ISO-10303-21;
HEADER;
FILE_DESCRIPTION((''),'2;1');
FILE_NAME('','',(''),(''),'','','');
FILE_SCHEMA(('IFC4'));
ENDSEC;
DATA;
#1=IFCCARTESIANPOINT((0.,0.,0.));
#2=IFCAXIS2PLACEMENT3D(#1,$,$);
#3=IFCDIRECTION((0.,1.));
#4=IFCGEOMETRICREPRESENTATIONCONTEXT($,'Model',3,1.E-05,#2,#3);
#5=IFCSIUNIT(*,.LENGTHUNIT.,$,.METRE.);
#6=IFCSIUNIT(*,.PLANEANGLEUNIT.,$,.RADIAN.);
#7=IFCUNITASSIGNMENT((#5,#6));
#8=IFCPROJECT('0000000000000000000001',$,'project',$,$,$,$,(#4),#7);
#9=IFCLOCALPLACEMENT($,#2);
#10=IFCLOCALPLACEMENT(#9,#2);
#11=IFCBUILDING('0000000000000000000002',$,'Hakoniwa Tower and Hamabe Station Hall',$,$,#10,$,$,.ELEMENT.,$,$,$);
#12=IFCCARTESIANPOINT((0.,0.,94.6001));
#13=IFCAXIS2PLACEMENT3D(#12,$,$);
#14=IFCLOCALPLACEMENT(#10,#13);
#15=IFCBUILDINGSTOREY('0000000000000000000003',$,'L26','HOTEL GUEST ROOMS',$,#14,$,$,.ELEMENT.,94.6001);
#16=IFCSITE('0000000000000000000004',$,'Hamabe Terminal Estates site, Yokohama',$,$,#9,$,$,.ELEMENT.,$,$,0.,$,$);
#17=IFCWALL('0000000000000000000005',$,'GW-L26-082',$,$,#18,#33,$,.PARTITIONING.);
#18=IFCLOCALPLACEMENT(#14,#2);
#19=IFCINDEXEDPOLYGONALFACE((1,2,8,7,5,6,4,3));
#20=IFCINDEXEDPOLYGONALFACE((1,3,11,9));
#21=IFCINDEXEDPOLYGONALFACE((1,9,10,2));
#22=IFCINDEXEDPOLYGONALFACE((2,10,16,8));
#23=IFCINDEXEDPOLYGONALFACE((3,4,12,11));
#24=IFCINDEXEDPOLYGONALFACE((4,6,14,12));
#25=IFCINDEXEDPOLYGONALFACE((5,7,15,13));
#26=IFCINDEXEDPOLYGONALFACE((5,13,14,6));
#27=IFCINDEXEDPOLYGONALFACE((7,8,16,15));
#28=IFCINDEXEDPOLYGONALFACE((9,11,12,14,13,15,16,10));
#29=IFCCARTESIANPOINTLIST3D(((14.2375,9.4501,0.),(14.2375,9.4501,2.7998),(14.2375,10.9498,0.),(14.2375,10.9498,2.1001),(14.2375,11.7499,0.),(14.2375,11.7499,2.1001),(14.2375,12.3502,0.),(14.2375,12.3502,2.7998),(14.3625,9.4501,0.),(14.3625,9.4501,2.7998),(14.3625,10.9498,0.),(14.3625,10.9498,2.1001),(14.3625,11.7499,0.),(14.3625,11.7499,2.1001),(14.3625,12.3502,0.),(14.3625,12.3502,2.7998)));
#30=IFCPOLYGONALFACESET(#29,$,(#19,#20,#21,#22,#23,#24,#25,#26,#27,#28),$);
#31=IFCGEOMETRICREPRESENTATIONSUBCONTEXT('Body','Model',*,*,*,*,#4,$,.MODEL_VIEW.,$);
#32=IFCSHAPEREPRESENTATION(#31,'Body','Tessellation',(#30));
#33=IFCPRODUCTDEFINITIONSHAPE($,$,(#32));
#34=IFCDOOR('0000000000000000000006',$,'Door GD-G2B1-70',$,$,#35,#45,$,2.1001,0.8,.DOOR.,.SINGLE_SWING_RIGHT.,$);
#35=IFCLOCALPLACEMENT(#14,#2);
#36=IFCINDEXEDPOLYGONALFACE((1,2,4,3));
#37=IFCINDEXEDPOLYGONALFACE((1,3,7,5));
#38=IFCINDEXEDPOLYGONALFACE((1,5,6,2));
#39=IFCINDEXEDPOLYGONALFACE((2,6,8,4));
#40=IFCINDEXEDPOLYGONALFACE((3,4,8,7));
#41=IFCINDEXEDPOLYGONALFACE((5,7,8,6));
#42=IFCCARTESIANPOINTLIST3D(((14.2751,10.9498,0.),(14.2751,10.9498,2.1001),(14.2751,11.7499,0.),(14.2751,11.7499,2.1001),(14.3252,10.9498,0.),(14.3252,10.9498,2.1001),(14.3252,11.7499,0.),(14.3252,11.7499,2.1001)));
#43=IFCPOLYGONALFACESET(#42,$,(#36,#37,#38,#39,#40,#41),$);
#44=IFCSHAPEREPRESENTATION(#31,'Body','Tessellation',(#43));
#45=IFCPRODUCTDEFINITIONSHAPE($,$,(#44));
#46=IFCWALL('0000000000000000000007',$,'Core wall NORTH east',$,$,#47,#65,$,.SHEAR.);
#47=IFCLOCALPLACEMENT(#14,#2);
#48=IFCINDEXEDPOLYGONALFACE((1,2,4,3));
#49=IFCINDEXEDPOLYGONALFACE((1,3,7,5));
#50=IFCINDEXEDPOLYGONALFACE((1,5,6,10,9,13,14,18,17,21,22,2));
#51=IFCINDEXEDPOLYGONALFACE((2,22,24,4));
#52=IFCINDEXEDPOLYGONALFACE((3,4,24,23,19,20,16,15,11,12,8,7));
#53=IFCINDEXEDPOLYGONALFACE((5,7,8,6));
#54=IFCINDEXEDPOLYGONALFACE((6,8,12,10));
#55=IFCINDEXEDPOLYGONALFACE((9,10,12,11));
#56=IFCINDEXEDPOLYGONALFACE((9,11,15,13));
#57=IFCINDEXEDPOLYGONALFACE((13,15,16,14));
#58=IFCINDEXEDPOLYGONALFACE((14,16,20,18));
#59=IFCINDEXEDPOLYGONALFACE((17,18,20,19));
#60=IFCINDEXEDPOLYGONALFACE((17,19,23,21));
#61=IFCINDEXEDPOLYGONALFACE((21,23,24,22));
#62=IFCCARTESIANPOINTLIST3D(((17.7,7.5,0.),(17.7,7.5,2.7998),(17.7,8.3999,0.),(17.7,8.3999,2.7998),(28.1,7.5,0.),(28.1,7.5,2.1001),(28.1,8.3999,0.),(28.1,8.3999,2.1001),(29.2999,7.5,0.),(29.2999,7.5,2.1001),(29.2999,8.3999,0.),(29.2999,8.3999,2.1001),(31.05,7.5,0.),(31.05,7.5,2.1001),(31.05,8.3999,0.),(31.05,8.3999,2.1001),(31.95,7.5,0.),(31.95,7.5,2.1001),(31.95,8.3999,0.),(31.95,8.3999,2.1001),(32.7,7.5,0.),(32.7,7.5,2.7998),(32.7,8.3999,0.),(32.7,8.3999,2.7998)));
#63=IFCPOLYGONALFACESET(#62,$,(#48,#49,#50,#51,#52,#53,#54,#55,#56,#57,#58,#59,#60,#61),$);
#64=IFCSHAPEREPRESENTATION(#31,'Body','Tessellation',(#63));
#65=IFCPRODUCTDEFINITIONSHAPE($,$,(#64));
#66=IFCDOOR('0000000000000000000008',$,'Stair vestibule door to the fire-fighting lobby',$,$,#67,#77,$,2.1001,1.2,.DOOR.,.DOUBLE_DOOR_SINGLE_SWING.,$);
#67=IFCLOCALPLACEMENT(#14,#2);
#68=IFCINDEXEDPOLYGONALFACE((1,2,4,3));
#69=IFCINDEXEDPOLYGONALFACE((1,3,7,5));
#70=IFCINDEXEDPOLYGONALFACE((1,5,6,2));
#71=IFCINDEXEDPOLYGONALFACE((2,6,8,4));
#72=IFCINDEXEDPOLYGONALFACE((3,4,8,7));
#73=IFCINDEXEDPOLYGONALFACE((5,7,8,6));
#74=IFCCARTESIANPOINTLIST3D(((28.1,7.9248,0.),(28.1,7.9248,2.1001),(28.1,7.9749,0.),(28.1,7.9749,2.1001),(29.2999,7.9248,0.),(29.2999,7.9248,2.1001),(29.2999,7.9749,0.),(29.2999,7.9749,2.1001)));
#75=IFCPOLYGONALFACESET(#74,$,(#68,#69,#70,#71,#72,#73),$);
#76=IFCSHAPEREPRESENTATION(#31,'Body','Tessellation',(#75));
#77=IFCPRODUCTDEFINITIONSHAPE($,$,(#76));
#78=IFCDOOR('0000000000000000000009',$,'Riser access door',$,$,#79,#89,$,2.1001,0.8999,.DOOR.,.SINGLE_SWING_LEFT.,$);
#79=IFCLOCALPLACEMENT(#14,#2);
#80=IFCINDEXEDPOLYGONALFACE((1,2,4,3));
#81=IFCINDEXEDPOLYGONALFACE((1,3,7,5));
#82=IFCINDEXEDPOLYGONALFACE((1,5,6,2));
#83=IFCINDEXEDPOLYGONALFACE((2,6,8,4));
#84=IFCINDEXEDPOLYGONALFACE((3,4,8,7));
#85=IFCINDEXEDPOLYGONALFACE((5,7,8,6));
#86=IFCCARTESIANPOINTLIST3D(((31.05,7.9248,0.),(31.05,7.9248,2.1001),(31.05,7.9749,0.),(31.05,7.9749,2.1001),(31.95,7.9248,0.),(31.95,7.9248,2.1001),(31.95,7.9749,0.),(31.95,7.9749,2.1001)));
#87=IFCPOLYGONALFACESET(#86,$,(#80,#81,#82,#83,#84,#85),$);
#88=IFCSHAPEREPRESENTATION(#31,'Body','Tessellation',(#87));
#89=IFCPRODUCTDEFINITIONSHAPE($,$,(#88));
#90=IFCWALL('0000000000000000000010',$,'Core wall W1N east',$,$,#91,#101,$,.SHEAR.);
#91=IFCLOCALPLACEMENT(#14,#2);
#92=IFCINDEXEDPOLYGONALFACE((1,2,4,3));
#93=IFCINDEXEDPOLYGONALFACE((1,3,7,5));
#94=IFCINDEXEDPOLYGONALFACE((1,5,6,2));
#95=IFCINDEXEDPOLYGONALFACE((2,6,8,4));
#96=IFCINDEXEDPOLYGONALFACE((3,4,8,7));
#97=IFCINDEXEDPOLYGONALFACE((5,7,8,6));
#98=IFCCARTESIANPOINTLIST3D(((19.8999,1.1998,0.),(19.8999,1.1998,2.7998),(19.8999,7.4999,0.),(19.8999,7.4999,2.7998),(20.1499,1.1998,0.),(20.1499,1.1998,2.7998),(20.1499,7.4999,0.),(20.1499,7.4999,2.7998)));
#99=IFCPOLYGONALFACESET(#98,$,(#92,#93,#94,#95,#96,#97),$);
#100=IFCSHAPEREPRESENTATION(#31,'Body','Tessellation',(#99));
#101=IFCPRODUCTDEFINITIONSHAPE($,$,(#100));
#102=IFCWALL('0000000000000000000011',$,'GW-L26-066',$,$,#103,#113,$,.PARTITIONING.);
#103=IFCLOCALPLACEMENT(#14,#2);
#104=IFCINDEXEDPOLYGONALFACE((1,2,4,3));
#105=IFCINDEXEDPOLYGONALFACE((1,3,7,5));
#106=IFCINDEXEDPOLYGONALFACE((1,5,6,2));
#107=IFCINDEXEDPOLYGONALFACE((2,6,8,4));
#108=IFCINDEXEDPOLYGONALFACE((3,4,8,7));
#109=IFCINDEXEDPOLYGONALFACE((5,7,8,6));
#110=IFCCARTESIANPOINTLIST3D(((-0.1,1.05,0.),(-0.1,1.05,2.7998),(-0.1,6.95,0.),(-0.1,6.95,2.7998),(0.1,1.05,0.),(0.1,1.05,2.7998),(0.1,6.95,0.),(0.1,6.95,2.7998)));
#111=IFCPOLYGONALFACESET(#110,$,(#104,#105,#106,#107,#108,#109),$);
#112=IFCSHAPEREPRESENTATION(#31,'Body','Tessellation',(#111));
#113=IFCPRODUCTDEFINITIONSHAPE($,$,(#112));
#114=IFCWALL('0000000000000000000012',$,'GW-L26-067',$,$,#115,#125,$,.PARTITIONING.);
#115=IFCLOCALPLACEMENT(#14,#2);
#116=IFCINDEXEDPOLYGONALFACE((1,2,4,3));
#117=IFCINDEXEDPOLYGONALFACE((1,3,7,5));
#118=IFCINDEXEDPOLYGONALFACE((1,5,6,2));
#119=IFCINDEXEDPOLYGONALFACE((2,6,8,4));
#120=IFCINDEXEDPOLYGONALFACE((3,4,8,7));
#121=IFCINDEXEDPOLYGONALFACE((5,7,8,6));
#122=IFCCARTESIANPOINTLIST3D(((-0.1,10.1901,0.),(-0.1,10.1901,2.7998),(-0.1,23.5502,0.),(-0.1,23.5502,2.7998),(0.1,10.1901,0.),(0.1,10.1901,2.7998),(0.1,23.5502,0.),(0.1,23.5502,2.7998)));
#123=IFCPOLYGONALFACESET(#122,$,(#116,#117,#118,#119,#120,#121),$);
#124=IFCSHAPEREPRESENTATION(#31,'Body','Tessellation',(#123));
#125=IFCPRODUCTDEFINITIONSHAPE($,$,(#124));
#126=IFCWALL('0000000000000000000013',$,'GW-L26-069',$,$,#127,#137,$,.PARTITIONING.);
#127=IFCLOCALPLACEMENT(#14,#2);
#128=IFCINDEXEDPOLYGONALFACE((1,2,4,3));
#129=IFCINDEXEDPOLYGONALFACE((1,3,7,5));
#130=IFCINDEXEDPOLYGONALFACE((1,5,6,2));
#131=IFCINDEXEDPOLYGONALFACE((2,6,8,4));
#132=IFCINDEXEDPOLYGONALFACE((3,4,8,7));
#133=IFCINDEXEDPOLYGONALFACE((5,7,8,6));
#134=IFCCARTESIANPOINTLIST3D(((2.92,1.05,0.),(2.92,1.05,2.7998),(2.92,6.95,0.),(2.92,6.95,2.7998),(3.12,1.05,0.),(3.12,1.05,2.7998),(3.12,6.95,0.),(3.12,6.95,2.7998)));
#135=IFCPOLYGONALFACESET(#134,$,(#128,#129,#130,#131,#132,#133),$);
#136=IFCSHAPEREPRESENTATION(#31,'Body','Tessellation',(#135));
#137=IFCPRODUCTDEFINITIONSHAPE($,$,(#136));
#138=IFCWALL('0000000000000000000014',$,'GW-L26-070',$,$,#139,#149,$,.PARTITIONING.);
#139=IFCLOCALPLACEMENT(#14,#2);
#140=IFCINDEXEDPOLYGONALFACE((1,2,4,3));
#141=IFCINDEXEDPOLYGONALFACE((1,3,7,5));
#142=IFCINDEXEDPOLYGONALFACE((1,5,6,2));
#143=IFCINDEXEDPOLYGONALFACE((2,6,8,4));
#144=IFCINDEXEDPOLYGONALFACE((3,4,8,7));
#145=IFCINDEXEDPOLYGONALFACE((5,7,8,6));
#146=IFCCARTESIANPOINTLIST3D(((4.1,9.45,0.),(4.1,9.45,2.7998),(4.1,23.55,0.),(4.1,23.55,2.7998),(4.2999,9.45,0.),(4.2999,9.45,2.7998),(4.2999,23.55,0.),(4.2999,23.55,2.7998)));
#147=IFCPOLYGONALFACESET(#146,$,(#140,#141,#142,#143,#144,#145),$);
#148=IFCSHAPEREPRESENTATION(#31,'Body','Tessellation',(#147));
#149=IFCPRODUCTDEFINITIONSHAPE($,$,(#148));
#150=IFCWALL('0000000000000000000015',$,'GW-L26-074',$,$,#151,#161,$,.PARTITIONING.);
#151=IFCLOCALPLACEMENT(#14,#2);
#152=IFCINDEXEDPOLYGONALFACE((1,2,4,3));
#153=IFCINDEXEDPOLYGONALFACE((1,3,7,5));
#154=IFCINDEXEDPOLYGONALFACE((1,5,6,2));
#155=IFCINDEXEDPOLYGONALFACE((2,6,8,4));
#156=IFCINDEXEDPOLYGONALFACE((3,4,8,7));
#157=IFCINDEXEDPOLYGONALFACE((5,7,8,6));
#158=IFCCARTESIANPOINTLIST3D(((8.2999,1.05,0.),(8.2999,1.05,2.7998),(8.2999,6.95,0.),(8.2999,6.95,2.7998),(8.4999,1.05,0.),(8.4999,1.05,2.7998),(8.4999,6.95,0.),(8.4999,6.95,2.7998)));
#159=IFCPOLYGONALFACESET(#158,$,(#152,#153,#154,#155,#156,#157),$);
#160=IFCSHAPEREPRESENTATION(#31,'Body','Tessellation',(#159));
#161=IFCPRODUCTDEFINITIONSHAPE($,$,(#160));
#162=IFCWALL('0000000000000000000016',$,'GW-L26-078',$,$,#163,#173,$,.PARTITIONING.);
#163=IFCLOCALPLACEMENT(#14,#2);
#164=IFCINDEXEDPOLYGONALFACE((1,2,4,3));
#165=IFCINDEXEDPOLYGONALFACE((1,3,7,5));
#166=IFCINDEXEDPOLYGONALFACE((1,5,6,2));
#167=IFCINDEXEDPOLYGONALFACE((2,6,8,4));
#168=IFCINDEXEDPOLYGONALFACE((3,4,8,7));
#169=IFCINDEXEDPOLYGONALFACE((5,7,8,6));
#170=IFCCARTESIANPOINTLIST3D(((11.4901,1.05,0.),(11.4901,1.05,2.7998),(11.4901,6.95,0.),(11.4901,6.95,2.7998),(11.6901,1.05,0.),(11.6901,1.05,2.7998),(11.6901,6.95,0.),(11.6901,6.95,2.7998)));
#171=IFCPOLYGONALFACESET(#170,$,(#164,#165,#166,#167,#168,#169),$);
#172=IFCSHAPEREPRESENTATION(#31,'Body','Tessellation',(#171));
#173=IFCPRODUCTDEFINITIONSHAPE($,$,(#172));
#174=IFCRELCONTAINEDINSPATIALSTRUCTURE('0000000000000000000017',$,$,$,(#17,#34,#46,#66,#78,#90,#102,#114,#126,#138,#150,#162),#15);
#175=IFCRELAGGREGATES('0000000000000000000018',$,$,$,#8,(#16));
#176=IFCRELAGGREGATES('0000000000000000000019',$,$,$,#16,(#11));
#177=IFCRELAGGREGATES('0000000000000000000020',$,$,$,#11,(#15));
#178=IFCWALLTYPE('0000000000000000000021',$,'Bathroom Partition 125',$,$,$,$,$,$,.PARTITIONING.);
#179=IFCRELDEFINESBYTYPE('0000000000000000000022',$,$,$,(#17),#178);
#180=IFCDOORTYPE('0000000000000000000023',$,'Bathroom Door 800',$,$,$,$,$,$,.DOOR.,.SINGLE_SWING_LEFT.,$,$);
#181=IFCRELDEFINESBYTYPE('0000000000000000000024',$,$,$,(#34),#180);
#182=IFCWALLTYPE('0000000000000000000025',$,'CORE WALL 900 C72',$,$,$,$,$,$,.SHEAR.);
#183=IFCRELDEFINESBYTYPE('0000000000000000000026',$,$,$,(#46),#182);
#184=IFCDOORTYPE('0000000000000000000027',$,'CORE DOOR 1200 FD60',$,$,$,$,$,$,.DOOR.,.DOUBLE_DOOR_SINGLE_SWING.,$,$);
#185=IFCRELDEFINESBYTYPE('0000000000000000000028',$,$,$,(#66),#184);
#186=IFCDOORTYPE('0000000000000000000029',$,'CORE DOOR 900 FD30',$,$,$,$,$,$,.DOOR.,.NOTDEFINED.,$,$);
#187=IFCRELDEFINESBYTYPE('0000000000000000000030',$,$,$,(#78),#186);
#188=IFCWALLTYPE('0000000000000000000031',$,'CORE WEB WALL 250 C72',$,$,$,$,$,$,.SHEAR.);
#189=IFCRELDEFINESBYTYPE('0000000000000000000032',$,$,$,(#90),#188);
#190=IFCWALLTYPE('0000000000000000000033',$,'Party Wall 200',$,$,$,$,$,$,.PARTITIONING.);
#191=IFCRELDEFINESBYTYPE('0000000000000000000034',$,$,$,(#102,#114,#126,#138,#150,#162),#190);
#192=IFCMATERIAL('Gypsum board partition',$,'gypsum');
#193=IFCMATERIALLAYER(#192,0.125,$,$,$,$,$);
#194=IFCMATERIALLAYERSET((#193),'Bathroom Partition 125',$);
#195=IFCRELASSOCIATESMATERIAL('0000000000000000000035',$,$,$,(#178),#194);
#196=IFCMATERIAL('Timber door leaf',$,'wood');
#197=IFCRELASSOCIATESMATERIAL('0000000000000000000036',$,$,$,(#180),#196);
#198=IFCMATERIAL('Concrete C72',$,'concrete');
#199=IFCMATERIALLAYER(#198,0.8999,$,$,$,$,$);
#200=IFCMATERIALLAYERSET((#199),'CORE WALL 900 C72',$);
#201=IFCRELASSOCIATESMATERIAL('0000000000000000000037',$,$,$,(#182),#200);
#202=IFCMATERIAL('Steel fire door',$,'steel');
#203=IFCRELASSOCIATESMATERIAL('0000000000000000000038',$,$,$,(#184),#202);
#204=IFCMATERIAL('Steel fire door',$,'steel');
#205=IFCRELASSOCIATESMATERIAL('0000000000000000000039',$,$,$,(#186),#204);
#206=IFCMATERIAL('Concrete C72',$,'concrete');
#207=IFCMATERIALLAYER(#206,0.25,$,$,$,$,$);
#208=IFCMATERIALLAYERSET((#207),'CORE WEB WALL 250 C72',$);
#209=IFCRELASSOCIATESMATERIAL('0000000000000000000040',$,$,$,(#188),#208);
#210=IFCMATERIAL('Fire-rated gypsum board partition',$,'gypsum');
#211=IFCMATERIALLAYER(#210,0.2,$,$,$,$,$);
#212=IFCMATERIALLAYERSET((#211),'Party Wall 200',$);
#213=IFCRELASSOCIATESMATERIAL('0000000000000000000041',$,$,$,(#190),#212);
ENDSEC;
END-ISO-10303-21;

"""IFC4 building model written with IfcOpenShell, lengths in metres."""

from ifc_helpers import new_model, si_unit, direction, frame, frame_2d, origin, place, context, subcontext, project, spatial, rectangle, extrude, material, layer, layer_set, type_object, element, fill, save


model = new_model("IFC4")

# Units and contexts
model_context = context("Model", 3, precision=1e-05, world=origin(), true_north=direction((0.0, 1.0)))
body_context = subcontext(model_context, "Body", "Model", "MODEL_VIEW")
ifc_project = project(units=[si_unit("LENGTHUNIT", "METRE"), si_unit("PLANEANGLEUNIT", "RADIAN")], contexts=[model_context])

# Site, building, storey
site_placement = place(None, origin())
site = spatial("IfcSite", under=ifc_project, at=site_placement, Name="Hamabe Terminal Estates site, Yokohama", CompositionType="ELEMENT", RefElevation=0.0)
building_placement = place(site_placement, origin())
building = spatial("IfcBuilding", under=site, at=building_placement, Name="Hakoniwa Tower and Hamabe Station Hall", CompositionType="ELEMENT")
storey_placement = place(building_placement, frame((0.0, 0.0, 94.6001)))
storey = spatial("IfcBuildingStorey", under=building, at=storey_placement, Name="L26", Description="HOTEL GUEST ROOMS", CompositionType="ELEMENT", Elevation=94.6001)

# Wall, opening, door
ifc_material_1 = material(Name="Gypsum board partition", Category="gypsum")
ifc_layer_1 = layer(ifc_material_1, 0.125)
ifc_layer_set_1 = layer_set([ifc_layer_1], Name="Bathroom Partition 125")
wall_type_1 = type_object("IfcWallType", Name="Bathroom Partition 125", PredefinedType="PARTITIONING", material=ifc_layer_set_1)
ifc_material_2 = material(Name="Timber door leaf", Category="wood")
door_type_1 = type_object("IfcDoorType", Name="Bathroom Door 800", OperationType="SINGLE_SWING_LEFT", PredefinedType="DOOR", material=ifc_material_2)
wall_1_placement = place(storey_placement, frame((14.3, 9.45, 0.0), z_axis=(0.0, 0.0, 1.0), x_axis=(0.0, 1.0, 0.0)))
wall_1 = element("IfcWall", 1, at=wall_1_placement, inside=storey, type_object=wall_type_1, Name="GW-L26-082", PredefinedType="PARTITIONING", context=body_context, shape_type="SweptSolid", body=[
    extrude(rectangle(XDim=2.9001, YDim=0.125, at=frame_2d((1.4502, 0.0))), origin(), (0.0, 0.0, 1.0), 2.7998),
])
opening_1_placement = place(wall_1_placement, frame((1.5, 0.0, 0.0)))
opening_1 = element("IfcOpeningElement", 2, at=opening_1_placement, cuts=wall_1, PredefinedType="OPENING", context=body_context, shape_type="SweptSolid", body=[
    extrude(rectangle(XDim=0.8, YDim=2.1001, at=frame_2d((0.3999, 1.05))), frame((0.0, 0.0725, 0.0), z_axis=(0.0, -1.0, 0.0), x_axis=(1.0, 0.0, 0.0)), (0.0, 0.0, 1.0), 0.145),
])
door_1_placement = place(opening_1_placement, origin())
door_1 = element("IfcDoor", 3, at=door_1_placement, inside=storey, type_object=door_type_1, Name="Door GD-G2B1-70", OperationType="SINGLE_SWING_RIGHT", OverallHeight=2.1001, OverallWidth=0.8, PredefinedType="DOOR", context=body_context, shape_type="SweptSolid", body=[
    extrude(rectangle(XDim=0.8, YDim=2.1001, at=frame_2d((0.3999, 1.05))), frame((0.0, 0.0249, 0.0), z_axis=(0.0, -1.0, 0.0), x_axis=(1.0, 0.0, 0.0)), (0.0, 0.0, 1.0), 0.05),
])
fill(opening_1, door_1)

# Wall, openings, doors
ifc_material_3 = material(Name="Concrete C72", Category="concrete")
ifc_layer_2 = layer(ifc_material_3, 0.8999)
ifc_layer_set_2 = layer_set([ifc_layer_2], Name="CORE WALL 900 C72")
wall_type_2 = type_object("IfcWallType", Name="CORE WALL 900 C72", PredefinedType="SHEAR", material=ifc_layer_set_2)
wall_2_placement = place(storey_placement, frame((17.7, 7.95, 0.0), z_axis=(0.0, 0.0, 1.0), x_axis=(1.0, 0.0, 0.0)))
wall_2 = element("IfcWall", 4, at=wall_2_placement, inside=storey, type_object=wall_type_2, Name="Core wall NORTH east", PredefinedType="SHEAR", context=body_context, shape_type="SweptSolid", body=[
    extrude(rectangle(XDim=15.0, YDim=0.8999, at=frame_2d((7.5, 0.0))), origin(), (0.0, 0.0, 1.0), 2.7998),
])
opening_2_placement = place(wall_2_placement, frame((10.3999, 0.0, 0.0)))
opening_2 = element("IfcOpeningElement", 5, at=opening_2_placement, cuts=wall_2, PredefinedType="OPENING", context=body_context, shape_type="SweptSolid", body=[
    extrude(rectangle(XDim=1.2, YDim=2.1001, at=frame_2d((0.6001, 1.05))), frame((0.0, 0.46, 0.0), z_axis=(0.0, -1.0, 0.0), x_axis=(1.0, 0.0, 0.0)), (0.0, 0.0, 1.0), 0.9199),
])
opening_3_placement = place(wall_2_placement, frame((13.3501, 0.0, 0.0)))
opening_3 = element("IfcOpeningElement", 6, at=opening_3_placement, cuts=wall_2, PredefinedType="OPENING", context=body_context, shape_type="SweptSolid", body=[
    extrude(rectangle(XDim=0.8999, YDim=2.1001, at=frame_2d((0.45, 1.05))), frame((0.0, 0.46, 0.0), z_axis=(0.0, -1.0, 0.0), x_axis=(1.0, 0.0, 0.0)), (0.0, 0.0, 1.0), 0.9199),
])
ifc_material_4 = material(Name="Steel fire door", Category="steel")
door_type_2 = type_object("IfcDoorType", Name="CORE DOOR 1200 FD60", OperationType="DOUBLE_DOOR_SINGLE_SWING", PredefinedType="DOOR", material=ifc_material_4)
door_2_placement = place(opening_2_placement, origin())
door_2 = element("IfcDoor", 7, at=door_2_placement, inside=storey, type_object=door_type_2, Name="Stair vestibule door to the fire-fighting lobby", OperationType="DOUBLE_DOOR_SINGLE_SWING", OverallHeight=2.1001, OverallWidth=1.2, PredefinedType="DOOR", context=body_context, shape_type="SweptSolid", body=[
    extrude(rectangle(XDim=1.2, YDim=2.1001, at=frame_2d((0.6001, 1.05))), frame((0.0, 0.0249, 0.0), z_axis=(0.0, -1.0, 0.0), x_axis=(1.0, 0.0, 0.0)), (0.0, 0.0, 1.0), 0.05),
])
fill(opening_2, door_2)
ifc_material_5 = material(Name="Steel fire door", Category="steel")
door_type_3 = type_object("IfcDoorType", Name="CORE DOOR 900 FD30", OperationType="NOTDEFINED", PredefinedType="DOOR", material=ifc_material_5)
door_3_placement = place(opening_3_placement, origin())
door_3 = element("IfcDoor", 8, at=door_3_placement, inside=storey, type_object=door_type_3, Name="Riser access door", OperationType="SINGLE_SWING_LEFT", OverallHeight=2.1001, OverallWidth=0.8999, PredefinedType="DOOR", context=body_context, shape_type="SweptSolid", body=[
    extrude(rectangle(XDim=0.8999, YDim=2.1001, at=frame_2d((0.45, 1.05))), frame((0.0, 0.0249, 0.0), z_axis=(0.0, -1.0, 0.0), x_axis=(1.0, 0.0, 0.0)), (0.0, 0.0, 1.0), 0.05),
])
fill(opening_3, door_3)

# Walls
ifc_material_6 = material(Name="Concrete C72", Category="concrete")
ifc_layer_3 = layer(ifc_material_6, 0.25)
ifc_layer_set_3 = layer_set([ifc_layer_3], Name="CORE WEB WALL 250 C72")
wall_type_3 = type_object("IfcWallType", Name="CORE WEB WALL 250 C72", PredefinedType="SHEAR", material=ifc_layer_set_3)
wall_3_placement = place(storey_placement, frame((20.0249, 1.2, 0.0), z_axis=(0.0, 0.0, 1.0), x_axis=(0.0, 1.0, 0.0)))
element("IfcWall", 9, at=wall_3_placement, inside=storey, type_object=wall_type_3, Name="Core wall W1N east", PredefinedType="SHEAR", context=body_context, shape_type="SweptSolid", body=[
    extrude(rectangle(XDim=6.3, YDim=0.25, at=frame_2d((3.1499, 0.0))), origin(), (0.0, 0.0, 1.0), 2.7998),
])
ifc_material_7 = material(Name="Fire-rated gypsum board partition", Category="gypsum")
ifc_layer_4 = layer(ifc_material_7, 0.2)
ifc_layer_set_4 = layer_set([ifc_layer_4], Name="Party Wall 200")
wall_type_4 = type_object("IfcWallType", Name="Party Wall 200", PredefinedType="PARTITIONING", material=ifc_layer_set_4)
wall_4_placement = place(storey_placement, frame((0.0, 1.05, 0.0), z_axis=(0.0, 0.0, 1.0), x_axis=(0.0, 1.0, 0.0)))
element("IfcWall", 10, at=wall_4_placement, inside=storey, type_object=wall_type_4, Name="GW-L26-066", PredefinedType="PARTITIONING", context=body_context, shape_type="SweptSolid", body=[
    extrude(rectangle(XDim=5.8999, YDim=0.2, at=frame_2d((2.95, 0.0))), origin(), (0.0, 0.0, 1.0), 2.7998),
])
wall_5_placement = place(storey_placement, frame((0.0, 10.1899, 0.0), z_axis=(0.0, 0.0, 1.0), x_axis=(0.0, 1.0, 0.0)))
element("IfcWall", 11, at=wall_5_placement, inside=storey, type_object=wall_type_4, Name="GW-L26-067", PredefinedType="PARTITIONING", context=body_context, shape_type="SweptSolid", body=[
    extrude(rectangle(XDim=13.3601, YDim=0.2, at=frame_2d((6.6802, 0.0))), origin(), (0.0, 0.0, 1.0), 2.7998),
])
wall_6_placement = place(storey_placement, frame((3.02, 1.05, 0.0), z_axis=(0.0, 0.0, 1.0), x_axis=(0.0, 1.0, 0.0)))
element("IfcWall", 12, at=wall_6_placement, inside=storey, type_object=wall_type_4, Name="GW-L26-069", PredefinedType="PARTITIONING", context=body_context, shape_type="SweptSolid", body=[
    extrude(rectangle(XDim=5.8999, YDim=0.2, at=frame_2d((2.95, 0.0))), origin(), (0.0, 0.0, 1.0), 2.7998),
])
wall_7_placement = place(storey_placement, frame((4.2, 9.45, 0.0), z_axis=(0.0, 0.0, 1.0), x_axis=(0.0, 1.0, 0.0)))
element("IfcWall", 13, at=wall_7_placement, inside=storey, type_object=wall_type_4, Name="GW-L26-070", PredefinedType="PARTITIONING", context=body_context, shape_type="SweptSolid", body=[
    extrude(rectangle(XDim=14.1001, YDim=0.2, at=frame_2d((7.05, 0.0))), origin(), (0.0, 0.0, 1.0), 2.7998),
])
for number, where, z_axis, x_axis, name in (
    (14, (8.3999, 1.05, 0.0), (0.0, 0.0, 1.0), (0.0, 1.0, 0.0), "GW-L26-074"),
    (15, (11.5901, 1.05, 0.0), (0.0, 0.0, 1.0), (0.0, 1.0, 0.0), "GW-L26-078"),
):
    element("IfcWall", number, at=place(storey_placement, frame(where, z_axis=z_axis, x_axis=x_axis)), inside=storey, type_object=wall_type_4, Name=name, PredefinedType="PARTITIONING", context=body_context, shape_type="SweptSolid", body=[
        extrude(rectangle(XDim=5.8999, YDim=0.2, at=frame_2d((2.95, 0.0))), origin(), (0.0, 0.0, 1.0), 2.7998),
    ])

save(model, "model.ifc")
